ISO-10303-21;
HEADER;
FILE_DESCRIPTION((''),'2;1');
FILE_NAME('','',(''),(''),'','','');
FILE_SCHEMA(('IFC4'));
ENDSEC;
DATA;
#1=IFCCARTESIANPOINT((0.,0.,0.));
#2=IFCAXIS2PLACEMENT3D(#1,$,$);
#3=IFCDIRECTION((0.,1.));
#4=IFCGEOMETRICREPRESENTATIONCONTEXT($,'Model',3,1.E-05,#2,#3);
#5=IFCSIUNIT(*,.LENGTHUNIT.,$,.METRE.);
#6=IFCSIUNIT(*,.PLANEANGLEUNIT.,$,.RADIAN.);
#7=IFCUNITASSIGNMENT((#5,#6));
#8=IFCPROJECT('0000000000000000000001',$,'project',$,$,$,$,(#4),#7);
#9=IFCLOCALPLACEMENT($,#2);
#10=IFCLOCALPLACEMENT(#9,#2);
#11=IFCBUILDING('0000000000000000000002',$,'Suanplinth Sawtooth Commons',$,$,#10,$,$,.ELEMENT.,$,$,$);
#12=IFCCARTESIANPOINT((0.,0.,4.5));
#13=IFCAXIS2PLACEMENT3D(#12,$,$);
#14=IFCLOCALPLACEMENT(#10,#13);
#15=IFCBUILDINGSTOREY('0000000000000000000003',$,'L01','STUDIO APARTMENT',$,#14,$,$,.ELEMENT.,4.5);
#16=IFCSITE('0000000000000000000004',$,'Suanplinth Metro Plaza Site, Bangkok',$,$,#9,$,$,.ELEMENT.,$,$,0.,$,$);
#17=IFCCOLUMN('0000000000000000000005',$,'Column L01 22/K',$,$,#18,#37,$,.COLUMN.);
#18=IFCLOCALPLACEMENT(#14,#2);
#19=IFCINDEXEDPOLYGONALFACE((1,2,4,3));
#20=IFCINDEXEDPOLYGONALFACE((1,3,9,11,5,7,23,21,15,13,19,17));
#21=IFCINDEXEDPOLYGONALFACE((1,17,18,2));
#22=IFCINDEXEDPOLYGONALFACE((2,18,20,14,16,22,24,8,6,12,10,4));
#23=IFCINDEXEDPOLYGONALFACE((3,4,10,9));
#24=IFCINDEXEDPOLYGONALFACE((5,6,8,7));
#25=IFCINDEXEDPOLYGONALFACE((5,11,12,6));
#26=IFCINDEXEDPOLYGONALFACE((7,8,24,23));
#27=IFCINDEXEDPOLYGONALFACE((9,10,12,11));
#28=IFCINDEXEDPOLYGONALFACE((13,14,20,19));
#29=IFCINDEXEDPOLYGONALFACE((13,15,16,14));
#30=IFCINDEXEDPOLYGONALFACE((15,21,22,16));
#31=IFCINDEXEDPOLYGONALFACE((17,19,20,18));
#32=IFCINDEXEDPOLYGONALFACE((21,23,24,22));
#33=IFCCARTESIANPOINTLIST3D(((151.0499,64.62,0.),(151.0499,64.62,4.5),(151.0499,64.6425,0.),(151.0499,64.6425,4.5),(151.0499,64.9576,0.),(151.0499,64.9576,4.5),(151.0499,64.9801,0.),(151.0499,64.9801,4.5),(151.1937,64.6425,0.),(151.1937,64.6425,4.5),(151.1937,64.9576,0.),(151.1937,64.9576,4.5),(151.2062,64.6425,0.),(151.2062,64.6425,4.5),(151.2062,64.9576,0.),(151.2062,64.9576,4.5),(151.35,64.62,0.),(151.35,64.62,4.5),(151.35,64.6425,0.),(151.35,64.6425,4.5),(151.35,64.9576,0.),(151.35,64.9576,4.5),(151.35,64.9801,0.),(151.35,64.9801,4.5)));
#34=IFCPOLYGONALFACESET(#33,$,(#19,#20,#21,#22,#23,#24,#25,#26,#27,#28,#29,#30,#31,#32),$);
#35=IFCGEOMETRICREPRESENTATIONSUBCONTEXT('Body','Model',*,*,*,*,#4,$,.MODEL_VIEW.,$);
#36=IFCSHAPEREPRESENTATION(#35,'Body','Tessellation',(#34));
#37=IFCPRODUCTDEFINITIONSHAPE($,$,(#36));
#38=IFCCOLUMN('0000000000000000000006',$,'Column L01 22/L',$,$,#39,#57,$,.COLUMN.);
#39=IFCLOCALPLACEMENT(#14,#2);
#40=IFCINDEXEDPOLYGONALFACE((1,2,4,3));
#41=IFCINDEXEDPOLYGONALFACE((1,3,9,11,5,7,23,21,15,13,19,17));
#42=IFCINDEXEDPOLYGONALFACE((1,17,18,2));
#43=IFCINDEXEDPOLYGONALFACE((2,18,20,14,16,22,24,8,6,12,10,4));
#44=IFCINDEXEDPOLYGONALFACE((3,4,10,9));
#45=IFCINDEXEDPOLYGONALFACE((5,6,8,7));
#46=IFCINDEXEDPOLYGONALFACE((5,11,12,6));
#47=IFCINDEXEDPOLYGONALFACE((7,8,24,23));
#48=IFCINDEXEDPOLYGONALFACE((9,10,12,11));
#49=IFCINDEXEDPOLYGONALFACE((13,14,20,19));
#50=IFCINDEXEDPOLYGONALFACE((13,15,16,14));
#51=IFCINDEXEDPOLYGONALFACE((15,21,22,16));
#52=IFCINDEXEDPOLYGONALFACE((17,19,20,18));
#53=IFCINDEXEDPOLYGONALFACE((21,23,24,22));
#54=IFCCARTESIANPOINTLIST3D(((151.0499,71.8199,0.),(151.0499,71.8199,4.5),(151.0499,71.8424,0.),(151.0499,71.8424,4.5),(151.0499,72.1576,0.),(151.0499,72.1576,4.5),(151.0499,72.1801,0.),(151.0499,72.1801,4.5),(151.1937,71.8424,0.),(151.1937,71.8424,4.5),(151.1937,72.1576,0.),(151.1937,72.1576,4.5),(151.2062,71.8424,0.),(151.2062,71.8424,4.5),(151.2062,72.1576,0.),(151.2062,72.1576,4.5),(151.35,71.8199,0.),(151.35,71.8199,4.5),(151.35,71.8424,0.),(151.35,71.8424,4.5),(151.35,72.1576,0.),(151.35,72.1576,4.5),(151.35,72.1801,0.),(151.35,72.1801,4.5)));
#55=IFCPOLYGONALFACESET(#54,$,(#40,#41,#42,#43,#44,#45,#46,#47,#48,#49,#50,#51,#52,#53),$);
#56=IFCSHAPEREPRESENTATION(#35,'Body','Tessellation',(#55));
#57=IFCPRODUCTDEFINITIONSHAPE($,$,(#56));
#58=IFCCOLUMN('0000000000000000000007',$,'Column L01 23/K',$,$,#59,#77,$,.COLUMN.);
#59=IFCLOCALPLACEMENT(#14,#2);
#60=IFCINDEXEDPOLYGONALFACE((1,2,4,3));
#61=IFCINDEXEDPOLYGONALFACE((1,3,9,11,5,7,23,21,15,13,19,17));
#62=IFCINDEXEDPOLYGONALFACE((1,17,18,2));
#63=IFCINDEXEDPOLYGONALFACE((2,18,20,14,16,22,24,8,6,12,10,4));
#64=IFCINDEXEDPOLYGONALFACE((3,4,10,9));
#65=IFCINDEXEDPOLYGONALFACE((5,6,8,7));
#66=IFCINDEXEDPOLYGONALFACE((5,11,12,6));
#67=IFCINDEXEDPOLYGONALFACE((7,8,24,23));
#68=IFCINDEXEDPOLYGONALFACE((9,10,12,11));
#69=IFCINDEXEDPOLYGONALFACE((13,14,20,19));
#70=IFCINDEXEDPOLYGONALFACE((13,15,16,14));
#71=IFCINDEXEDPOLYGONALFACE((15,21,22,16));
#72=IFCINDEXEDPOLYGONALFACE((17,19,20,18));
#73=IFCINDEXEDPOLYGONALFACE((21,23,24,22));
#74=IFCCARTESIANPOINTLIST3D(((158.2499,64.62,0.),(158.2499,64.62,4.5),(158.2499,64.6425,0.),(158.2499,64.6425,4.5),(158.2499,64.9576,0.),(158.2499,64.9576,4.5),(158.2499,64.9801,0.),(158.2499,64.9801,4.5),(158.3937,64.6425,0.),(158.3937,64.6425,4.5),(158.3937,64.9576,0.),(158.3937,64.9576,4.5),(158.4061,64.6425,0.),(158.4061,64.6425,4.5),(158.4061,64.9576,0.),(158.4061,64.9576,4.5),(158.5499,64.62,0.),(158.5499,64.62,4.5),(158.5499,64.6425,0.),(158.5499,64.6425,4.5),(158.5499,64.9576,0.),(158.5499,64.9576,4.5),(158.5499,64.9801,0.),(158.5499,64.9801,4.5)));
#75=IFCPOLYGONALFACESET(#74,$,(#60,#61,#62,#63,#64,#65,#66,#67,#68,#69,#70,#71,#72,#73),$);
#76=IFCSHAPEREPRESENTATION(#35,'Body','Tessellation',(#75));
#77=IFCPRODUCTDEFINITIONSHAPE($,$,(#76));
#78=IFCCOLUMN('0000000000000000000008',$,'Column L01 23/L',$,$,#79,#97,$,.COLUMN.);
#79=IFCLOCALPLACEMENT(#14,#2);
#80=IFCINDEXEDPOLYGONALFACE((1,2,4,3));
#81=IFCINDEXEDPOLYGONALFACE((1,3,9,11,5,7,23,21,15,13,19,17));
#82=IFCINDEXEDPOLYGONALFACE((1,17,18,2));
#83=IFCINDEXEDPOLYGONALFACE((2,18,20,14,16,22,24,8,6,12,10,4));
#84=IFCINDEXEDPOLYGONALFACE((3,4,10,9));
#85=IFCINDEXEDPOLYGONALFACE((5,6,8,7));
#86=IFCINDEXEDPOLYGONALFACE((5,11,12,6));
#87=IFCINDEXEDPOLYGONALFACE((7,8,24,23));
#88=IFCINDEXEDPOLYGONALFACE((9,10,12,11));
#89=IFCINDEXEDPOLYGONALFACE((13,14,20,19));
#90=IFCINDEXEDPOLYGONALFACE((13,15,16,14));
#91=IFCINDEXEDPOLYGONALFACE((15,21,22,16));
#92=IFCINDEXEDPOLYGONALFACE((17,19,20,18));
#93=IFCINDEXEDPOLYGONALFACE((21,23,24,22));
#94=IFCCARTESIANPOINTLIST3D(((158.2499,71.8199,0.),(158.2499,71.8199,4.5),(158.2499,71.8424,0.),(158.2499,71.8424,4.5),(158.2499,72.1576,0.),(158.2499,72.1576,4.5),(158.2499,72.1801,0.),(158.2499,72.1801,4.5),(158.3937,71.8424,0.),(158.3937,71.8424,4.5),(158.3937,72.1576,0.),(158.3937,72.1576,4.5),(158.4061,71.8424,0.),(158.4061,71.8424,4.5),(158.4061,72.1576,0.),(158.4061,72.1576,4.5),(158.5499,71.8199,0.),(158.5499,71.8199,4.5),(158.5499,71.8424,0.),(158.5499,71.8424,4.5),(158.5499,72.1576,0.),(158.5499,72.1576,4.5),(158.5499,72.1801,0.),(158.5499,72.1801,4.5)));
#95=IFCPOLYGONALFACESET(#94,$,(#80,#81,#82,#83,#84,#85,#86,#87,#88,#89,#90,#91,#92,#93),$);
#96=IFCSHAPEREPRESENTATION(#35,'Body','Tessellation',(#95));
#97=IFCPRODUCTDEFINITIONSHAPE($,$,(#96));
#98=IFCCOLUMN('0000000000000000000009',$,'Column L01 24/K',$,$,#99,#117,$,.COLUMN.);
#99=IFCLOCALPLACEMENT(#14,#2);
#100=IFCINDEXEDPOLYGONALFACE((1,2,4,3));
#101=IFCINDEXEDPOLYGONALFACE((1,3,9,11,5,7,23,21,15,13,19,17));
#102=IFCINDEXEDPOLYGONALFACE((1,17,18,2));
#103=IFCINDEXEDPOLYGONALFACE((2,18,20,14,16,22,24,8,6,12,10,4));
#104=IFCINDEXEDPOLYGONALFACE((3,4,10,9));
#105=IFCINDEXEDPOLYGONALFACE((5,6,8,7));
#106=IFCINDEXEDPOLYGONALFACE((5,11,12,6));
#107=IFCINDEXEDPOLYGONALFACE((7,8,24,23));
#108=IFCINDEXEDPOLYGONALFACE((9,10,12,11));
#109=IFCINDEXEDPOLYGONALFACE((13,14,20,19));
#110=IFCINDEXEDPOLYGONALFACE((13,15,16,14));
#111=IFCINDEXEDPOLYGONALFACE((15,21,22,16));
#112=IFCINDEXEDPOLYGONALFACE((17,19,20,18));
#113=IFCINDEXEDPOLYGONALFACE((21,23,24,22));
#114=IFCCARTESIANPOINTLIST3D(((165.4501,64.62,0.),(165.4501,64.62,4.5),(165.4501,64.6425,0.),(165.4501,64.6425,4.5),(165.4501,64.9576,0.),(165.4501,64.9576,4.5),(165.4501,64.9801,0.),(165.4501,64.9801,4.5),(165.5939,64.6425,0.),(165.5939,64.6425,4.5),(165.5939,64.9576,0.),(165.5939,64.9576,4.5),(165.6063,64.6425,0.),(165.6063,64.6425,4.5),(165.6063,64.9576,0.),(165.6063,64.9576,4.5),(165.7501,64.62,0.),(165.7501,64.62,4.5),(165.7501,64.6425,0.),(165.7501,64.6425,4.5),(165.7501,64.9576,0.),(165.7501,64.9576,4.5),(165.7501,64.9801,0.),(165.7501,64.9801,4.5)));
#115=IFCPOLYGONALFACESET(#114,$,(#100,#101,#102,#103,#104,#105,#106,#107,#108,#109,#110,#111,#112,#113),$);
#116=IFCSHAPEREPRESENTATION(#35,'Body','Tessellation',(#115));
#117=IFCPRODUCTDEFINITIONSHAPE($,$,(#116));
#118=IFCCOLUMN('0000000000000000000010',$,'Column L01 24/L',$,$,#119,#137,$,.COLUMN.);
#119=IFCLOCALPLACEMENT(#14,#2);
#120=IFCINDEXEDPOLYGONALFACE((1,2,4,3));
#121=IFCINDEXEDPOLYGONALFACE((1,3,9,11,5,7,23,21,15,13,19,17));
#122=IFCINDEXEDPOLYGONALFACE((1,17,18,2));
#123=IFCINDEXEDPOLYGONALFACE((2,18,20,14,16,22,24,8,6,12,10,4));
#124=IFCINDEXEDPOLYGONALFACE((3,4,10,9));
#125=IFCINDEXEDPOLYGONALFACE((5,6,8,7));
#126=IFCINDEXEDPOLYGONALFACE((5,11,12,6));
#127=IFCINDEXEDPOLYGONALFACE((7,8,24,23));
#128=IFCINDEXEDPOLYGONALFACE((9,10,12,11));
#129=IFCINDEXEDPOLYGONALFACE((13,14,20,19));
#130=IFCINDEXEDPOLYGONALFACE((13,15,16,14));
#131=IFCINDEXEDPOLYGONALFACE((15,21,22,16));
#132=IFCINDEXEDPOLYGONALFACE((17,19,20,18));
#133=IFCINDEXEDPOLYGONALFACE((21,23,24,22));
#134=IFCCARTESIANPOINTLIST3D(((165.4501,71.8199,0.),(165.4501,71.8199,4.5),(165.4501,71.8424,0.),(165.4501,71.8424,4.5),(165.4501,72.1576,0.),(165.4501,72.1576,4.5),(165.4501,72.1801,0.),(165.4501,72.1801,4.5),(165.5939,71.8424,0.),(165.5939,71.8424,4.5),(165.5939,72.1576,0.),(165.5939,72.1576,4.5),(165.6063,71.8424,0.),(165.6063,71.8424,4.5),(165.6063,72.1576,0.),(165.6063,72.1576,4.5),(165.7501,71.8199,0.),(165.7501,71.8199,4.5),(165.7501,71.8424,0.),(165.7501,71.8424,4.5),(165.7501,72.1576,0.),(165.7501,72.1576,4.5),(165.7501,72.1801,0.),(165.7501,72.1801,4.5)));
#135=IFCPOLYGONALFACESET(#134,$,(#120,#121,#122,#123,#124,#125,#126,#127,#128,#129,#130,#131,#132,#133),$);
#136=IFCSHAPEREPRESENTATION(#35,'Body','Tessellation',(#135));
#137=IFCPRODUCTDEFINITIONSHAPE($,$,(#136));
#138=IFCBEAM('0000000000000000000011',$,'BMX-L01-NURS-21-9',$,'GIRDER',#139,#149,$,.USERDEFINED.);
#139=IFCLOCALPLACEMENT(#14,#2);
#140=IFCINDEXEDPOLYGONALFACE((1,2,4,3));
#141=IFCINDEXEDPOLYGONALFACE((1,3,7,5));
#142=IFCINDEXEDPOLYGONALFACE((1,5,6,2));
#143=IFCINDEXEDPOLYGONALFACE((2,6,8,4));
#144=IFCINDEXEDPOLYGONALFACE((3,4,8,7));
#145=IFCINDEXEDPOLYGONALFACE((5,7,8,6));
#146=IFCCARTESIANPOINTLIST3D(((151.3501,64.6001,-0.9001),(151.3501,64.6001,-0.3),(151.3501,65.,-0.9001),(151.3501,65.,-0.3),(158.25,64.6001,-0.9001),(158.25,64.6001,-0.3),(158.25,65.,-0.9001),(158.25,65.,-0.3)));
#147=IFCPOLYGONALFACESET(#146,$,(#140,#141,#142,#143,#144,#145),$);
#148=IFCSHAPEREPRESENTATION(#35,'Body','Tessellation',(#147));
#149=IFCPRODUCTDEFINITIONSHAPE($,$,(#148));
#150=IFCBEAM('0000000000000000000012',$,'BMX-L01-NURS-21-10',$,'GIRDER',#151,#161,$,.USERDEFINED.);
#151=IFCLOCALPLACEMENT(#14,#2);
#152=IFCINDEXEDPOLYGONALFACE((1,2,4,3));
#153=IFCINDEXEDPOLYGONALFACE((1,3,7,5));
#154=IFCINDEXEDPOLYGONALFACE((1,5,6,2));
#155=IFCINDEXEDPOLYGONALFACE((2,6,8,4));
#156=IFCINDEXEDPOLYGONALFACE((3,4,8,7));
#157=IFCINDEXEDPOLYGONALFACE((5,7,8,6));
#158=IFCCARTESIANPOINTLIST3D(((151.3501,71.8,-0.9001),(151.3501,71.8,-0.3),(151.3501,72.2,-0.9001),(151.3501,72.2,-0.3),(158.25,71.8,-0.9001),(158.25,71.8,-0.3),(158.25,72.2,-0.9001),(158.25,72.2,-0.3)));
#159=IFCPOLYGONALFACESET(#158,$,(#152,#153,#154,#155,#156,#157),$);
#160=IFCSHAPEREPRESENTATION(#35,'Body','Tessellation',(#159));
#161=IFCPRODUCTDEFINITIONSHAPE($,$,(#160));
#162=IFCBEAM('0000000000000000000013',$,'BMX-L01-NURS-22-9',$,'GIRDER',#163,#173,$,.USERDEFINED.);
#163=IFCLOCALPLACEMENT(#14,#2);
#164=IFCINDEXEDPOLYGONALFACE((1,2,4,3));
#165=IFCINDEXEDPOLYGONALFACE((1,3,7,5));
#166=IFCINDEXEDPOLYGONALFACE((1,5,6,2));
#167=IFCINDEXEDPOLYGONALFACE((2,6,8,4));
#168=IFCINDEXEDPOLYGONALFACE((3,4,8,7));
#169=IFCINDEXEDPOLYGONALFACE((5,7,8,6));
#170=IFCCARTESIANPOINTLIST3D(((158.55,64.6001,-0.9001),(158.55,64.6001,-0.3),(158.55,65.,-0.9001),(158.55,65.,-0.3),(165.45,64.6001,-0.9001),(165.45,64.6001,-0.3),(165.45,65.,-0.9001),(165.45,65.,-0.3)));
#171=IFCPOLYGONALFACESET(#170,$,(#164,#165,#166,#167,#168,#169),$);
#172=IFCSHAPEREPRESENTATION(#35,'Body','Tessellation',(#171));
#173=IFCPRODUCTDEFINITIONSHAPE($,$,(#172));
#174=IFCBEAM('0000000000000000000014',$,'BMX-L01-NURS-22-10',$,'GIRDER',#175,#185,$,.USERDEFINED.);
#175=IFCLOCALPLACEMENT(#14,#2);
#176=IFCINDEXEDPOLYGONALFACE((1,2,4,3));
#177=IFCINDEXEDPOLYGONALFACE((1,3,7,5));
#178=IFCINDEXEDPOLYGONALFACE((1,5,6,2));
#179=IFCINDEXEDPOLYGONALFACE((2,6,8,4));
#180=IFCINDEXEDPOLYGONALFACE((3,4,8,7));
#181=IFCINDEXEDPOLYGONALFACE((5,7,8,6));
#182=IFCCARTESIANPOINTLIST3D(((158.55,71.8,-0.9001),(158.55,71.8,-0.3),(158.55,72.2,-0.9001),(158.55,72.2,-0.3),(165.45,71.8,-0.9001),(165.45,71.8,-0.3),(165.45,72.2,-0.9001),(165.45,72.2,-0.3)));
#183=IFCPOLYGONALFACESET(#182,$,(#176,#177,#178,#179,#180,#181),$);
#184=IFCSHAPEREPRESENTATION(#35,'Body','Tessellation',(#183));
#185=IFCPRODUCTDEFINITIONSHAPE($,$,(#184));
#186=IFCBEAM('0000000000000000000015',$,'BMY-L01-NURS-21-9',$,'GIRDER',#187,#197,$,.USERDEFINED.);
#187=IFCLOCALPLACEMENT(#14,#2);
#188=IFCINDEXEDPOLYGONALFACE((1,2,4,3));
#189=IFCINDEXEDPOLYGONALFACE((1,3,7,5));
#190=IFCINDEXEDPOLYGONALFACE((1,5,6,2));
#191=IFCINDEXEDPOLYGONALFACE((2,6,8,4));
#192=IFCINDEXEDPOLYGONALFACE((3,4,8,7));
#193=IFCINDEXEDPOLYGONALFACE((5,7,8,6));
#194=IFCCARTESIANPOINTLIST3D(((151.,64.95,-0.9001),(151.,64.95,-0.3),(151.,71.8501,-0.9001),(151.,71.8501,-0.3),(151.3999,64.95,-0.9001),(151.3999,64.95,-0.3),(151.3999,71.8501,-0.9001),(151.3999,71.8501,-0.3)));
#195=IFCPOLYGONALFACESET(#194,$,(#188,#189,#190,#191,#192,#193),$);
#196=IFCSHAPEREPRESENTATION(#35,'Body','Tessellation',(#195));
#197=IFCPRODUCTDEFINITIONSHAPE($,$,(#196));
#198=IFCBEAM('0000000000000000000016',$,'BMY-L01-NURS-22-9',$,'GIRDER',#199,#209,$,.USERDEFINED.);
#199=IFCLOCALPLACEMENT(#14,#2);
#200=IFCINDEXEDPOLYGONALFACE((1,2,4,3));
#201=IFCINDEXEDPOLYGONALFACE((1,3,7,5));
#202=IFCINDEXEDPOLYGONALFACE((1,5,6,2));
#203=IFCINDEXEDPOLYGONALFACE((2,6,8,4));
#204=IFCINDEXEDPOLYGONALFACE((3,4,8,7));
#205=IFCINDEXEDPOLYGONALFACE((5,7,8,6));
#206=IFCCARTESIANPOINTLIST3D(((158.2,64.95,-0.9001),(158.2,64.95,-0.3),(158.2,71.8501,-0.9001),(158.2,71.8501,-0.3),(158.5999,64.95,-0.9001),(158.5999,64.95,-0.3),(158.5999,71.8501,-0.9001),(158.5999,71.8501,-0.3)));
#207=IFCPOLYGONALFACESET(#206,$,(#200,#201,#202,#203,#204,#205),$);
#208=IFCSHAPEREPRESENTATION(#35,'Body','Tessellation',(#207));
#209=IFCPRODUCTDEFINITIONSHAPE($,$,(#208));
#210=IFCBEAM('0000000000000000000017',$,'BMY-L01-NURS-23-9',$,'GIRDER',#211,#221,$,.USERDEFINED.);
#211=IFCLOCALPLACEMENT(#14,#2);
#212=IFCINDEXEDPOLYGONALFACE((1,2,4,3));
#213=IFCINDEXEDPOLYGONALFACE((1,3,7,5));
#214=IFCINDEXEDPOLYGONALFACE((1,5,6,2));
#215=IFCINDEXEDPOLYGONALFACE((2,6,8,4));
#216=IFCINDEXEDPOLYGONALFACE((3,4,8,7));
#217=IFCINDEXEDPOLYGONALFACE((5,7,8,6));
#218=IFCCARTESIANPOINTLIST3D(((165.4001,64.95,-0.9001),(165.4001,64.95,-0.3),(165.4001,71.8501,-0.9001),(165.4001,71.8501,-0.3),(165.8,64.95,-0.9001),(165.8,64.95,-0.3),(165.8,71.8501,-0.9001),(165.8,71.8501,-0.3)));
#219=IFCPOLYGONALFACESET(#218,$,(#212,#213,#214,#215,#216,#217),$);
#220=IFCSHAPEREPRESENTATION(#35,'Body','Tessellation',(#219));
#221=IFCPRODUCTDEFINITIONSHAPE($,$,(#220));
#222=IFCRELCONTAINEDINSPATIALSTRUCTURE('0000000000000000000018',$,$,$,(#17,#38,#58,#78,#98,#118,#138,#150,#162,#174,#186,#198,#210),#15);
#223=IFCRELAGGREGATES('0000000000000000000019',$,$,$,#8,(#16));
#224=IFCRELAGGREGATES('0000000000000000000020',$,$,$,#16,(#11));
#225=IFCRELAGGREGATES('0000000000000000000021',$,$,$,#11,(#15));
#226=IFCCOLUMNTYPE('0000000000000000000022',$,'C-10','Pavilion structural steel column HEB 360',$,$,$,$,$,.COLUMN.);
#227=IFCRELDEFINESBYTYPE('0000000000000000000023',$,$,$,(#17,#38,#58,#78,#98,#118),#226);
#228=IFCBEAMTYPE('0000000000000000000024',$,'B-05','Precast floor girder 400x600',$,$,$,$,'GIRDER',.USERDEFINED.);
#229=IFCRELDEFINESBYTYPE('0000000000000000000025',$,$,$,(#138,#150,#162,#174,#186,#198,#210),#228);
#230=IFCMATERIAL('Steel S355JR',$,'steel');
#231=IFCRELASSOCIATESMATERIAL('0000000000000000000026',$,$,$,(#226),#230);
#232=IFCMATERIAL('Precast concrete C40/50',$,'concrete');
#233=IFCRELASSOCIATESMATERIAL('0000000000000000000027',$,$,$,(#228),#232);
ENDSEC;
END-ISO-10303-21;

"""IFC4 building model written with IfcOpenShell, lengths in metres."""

from ifc_helpers import new_model, si_unit, direction, frame, origin, origin_2d, place, context, subcontext, project, spatial, rectangle, i_section, extrude, material, material_profile, profile_set, type_object, element, save


model = new_model("IFC4")

# Units and contexts
model_context = context("Model", 3, precision=1e-05, world=origin(), true_north=direction((0.0, 1.0)))
body_context = subcontext(model_context, "Body", "Model", "MODEL_VIEW")
ifc_project = project(units=[si_unit("LENGTHUNIT", "METRE"), si_unit("PLANEANGLEUNIT", "RADIAN")], contexts=[model_context])

# Site, building, storey
site_placement = place(None, origin())
site = spatial("IfcSite", under=ifc_project, at=site_placement, Name="Suanplinth Metro Plaza Site, Bangkok", CompositionType="ELEMENT", RefElevation=0.0)
building_placement = place(site_placement, origin())
building = spatial("IfcBuilding", under=site, at=building_placement, Name="Suanplinth Sawtooth Commons", CompositionType="ELEMENT")
storey_placement = place(building_placement, frame((0.0, 0.0, 4.5)))
storey = spatial("IfcBuildingStorey", under=building, at=storey_placement, Name="L01", Description="STUDIO APARTMENT", CompositionType="ELEMENT", Elevation=4.5)

# Columns
ifc_material_1 = material(Name="Steel S355JR", Category="steel")
ifc_material_profile_1 = material_profile(ifc_material_1, i_section(OverallWidth=0.3, OverallDepth=0.3601, WebThickness=0.0125, FlangeThickness=0.0225, at=origin_2d()), Name="HEB 360")
ifc_profile_set_1 = profile_set([ifc_material_profile_1], Name="Steel S355JR")
column_type = type_object("IfcColumnType", Name="C-10", Description="Pavilion structural steel column HEB 360", PredefinedType="COLUMN", material=ifc_profile_set_1)
for number, where, z_axis, x_axis, name in (
    (1, (151.2, 64.8, 0.0), (0.0, 0.0, 1.0), (1.0, 0.0, 0.0), "Column L01 22/K"),
    (2, (151.2, 72.0, 0.0), (0.0, 0.0, 1.0), (1.0, 0.0, 0.0), "Column L01 22/L"),
    (3, (158.3999, 64.8, 0.0), (0.0, 0.0, 1.0), (1.0, 0.0, 0.0), "Column L01 23/K"),
    (4, (158.3999, 72.0, 0.0), (0.0, 0.0, 1.0), (1.0, 0.0, 0.0), "Column L01 23/L"),
    (5, (165.6001, 64.8, 0.0), (0.0, 0.0, 1.0), (1.0, 0.0, 0.0), "Column L01 24/K"),
    (6, (165.6001, 72.0, 0.0), (0.0, 0.0, 1.0), (1.0, 0.0, 0.0), "Column L01 24/L"),
):
    element("IfcColumn", number, at=place(storey_placement, frame(where, z_axis=z_axis, x_axis=x_axis)), inside=storey, type_object=column_type, Name=name, PredefinedType="COLUMN", context=body_context, shape_type="SweptSolid", body=[
        extrude(i_section(OverallWidth=0.3, OverallDepth=0.3601, WebThickness=0.0125, FlangeThickness=0.0225, at=origin_2d()), origin(), (0.0, 0.0, 1.0), 4.5),
    ])

# Beams
ifc_material_2 = material(Name="Precast concrete C40/50", Category="concrete")
ifc_material_profile_2 = material_profile(ifc_material_2, rectangle(XDim=0.3999, YDim=0.6001, at=origin_2d()), Name="PC-GDR 400x600")
ifc_profile_set_2 = profile_set([ifc_material_profile_2], Name="Precast concrete C40/50")
beam_type = type_object("IfcBeamType", Name="B-05", Description="Precast floor girder 400x600", ElementType="GIRDER", PredefinedType="USERDEFINED", material=ifc_profile_set_2)
for number, where, z_axis, x_axis, name in (
    (7, (151.3501, 64.8, -0.6001), (1.0, 0.0, 0.0), (0.0, 1.0, 0.0), "BMX-L01-NURS-21-9"),
    (8, (151.3501, 72.0, -0.6001), (1.0, 0.0, 0.0), (0.0, 1.0, 0.0), "BMX-L01-NURS-21-10"),
    (9, (158.55, 64.8, -0.6001), (1.0, 0.0, 0.0), (0.0, 1.0, 0.0), "BMX-L01-NURS-22-9"),
    (10, (158.55, 72.0, -0.6001), (1.0, 0.0, 0.0), (0.0, 1.0, 0.0), "BMX-L01-NURS-22-10"),
):
    element("IfcBeam", number, at=place(storey_placement, frame(where, z_axis=z_axis, x_axis=x_axis)), inside=storey, type_object=beam_type, Name=name, ObjectType="GIRDER", PredefinedType="USERDEFINED", context=body_context, shape_type="SweptSolid", body=[
        extrude(rectangle(XDim=0.3999, YDim=0.6001, at=origin_2d()), origin(), (0.0, 0.0, 1.0), 6.8999),
    ])
for number, where, z_axis, x_axis, name in (
    (11, (151.2, 64.95, -0.6001), (0.0, 1.0, 0.0), (-1.0, 0.0, 0.0), "BMY-L01-NURS-21-9"),
    (12, (158.3999, 64.95, -0.6001), (0.0, 1.0, 0.0), (-1.0, 0.0, 0.0), "BMY-L01-NURS-22-9"),
    (13, (165.6001, 64.95, -0.6001), (0.0, 1.0, 0.0), (-1.0, 0.0, 0.0), "BMY-L01-NURS-23-9"),
):
    element("IfcBeam", number, at=place(storey_placement, frame(where, z_axis=z_axis, x_axis=x_axis)), inside=storey, type_object=beam_type, Name=name, ObjectType="GIRDER", PredefinedType="USERDEFINED", context=body_context, shape_type="SweptSolid", body=[
        extrude(rectangle(XDim=0.3999, YDim=0.6001, at=origin_2d()), origin(), (0.0, 0.0, 1.0), 6.9001),
    ])

save(model, "model.ifc")
